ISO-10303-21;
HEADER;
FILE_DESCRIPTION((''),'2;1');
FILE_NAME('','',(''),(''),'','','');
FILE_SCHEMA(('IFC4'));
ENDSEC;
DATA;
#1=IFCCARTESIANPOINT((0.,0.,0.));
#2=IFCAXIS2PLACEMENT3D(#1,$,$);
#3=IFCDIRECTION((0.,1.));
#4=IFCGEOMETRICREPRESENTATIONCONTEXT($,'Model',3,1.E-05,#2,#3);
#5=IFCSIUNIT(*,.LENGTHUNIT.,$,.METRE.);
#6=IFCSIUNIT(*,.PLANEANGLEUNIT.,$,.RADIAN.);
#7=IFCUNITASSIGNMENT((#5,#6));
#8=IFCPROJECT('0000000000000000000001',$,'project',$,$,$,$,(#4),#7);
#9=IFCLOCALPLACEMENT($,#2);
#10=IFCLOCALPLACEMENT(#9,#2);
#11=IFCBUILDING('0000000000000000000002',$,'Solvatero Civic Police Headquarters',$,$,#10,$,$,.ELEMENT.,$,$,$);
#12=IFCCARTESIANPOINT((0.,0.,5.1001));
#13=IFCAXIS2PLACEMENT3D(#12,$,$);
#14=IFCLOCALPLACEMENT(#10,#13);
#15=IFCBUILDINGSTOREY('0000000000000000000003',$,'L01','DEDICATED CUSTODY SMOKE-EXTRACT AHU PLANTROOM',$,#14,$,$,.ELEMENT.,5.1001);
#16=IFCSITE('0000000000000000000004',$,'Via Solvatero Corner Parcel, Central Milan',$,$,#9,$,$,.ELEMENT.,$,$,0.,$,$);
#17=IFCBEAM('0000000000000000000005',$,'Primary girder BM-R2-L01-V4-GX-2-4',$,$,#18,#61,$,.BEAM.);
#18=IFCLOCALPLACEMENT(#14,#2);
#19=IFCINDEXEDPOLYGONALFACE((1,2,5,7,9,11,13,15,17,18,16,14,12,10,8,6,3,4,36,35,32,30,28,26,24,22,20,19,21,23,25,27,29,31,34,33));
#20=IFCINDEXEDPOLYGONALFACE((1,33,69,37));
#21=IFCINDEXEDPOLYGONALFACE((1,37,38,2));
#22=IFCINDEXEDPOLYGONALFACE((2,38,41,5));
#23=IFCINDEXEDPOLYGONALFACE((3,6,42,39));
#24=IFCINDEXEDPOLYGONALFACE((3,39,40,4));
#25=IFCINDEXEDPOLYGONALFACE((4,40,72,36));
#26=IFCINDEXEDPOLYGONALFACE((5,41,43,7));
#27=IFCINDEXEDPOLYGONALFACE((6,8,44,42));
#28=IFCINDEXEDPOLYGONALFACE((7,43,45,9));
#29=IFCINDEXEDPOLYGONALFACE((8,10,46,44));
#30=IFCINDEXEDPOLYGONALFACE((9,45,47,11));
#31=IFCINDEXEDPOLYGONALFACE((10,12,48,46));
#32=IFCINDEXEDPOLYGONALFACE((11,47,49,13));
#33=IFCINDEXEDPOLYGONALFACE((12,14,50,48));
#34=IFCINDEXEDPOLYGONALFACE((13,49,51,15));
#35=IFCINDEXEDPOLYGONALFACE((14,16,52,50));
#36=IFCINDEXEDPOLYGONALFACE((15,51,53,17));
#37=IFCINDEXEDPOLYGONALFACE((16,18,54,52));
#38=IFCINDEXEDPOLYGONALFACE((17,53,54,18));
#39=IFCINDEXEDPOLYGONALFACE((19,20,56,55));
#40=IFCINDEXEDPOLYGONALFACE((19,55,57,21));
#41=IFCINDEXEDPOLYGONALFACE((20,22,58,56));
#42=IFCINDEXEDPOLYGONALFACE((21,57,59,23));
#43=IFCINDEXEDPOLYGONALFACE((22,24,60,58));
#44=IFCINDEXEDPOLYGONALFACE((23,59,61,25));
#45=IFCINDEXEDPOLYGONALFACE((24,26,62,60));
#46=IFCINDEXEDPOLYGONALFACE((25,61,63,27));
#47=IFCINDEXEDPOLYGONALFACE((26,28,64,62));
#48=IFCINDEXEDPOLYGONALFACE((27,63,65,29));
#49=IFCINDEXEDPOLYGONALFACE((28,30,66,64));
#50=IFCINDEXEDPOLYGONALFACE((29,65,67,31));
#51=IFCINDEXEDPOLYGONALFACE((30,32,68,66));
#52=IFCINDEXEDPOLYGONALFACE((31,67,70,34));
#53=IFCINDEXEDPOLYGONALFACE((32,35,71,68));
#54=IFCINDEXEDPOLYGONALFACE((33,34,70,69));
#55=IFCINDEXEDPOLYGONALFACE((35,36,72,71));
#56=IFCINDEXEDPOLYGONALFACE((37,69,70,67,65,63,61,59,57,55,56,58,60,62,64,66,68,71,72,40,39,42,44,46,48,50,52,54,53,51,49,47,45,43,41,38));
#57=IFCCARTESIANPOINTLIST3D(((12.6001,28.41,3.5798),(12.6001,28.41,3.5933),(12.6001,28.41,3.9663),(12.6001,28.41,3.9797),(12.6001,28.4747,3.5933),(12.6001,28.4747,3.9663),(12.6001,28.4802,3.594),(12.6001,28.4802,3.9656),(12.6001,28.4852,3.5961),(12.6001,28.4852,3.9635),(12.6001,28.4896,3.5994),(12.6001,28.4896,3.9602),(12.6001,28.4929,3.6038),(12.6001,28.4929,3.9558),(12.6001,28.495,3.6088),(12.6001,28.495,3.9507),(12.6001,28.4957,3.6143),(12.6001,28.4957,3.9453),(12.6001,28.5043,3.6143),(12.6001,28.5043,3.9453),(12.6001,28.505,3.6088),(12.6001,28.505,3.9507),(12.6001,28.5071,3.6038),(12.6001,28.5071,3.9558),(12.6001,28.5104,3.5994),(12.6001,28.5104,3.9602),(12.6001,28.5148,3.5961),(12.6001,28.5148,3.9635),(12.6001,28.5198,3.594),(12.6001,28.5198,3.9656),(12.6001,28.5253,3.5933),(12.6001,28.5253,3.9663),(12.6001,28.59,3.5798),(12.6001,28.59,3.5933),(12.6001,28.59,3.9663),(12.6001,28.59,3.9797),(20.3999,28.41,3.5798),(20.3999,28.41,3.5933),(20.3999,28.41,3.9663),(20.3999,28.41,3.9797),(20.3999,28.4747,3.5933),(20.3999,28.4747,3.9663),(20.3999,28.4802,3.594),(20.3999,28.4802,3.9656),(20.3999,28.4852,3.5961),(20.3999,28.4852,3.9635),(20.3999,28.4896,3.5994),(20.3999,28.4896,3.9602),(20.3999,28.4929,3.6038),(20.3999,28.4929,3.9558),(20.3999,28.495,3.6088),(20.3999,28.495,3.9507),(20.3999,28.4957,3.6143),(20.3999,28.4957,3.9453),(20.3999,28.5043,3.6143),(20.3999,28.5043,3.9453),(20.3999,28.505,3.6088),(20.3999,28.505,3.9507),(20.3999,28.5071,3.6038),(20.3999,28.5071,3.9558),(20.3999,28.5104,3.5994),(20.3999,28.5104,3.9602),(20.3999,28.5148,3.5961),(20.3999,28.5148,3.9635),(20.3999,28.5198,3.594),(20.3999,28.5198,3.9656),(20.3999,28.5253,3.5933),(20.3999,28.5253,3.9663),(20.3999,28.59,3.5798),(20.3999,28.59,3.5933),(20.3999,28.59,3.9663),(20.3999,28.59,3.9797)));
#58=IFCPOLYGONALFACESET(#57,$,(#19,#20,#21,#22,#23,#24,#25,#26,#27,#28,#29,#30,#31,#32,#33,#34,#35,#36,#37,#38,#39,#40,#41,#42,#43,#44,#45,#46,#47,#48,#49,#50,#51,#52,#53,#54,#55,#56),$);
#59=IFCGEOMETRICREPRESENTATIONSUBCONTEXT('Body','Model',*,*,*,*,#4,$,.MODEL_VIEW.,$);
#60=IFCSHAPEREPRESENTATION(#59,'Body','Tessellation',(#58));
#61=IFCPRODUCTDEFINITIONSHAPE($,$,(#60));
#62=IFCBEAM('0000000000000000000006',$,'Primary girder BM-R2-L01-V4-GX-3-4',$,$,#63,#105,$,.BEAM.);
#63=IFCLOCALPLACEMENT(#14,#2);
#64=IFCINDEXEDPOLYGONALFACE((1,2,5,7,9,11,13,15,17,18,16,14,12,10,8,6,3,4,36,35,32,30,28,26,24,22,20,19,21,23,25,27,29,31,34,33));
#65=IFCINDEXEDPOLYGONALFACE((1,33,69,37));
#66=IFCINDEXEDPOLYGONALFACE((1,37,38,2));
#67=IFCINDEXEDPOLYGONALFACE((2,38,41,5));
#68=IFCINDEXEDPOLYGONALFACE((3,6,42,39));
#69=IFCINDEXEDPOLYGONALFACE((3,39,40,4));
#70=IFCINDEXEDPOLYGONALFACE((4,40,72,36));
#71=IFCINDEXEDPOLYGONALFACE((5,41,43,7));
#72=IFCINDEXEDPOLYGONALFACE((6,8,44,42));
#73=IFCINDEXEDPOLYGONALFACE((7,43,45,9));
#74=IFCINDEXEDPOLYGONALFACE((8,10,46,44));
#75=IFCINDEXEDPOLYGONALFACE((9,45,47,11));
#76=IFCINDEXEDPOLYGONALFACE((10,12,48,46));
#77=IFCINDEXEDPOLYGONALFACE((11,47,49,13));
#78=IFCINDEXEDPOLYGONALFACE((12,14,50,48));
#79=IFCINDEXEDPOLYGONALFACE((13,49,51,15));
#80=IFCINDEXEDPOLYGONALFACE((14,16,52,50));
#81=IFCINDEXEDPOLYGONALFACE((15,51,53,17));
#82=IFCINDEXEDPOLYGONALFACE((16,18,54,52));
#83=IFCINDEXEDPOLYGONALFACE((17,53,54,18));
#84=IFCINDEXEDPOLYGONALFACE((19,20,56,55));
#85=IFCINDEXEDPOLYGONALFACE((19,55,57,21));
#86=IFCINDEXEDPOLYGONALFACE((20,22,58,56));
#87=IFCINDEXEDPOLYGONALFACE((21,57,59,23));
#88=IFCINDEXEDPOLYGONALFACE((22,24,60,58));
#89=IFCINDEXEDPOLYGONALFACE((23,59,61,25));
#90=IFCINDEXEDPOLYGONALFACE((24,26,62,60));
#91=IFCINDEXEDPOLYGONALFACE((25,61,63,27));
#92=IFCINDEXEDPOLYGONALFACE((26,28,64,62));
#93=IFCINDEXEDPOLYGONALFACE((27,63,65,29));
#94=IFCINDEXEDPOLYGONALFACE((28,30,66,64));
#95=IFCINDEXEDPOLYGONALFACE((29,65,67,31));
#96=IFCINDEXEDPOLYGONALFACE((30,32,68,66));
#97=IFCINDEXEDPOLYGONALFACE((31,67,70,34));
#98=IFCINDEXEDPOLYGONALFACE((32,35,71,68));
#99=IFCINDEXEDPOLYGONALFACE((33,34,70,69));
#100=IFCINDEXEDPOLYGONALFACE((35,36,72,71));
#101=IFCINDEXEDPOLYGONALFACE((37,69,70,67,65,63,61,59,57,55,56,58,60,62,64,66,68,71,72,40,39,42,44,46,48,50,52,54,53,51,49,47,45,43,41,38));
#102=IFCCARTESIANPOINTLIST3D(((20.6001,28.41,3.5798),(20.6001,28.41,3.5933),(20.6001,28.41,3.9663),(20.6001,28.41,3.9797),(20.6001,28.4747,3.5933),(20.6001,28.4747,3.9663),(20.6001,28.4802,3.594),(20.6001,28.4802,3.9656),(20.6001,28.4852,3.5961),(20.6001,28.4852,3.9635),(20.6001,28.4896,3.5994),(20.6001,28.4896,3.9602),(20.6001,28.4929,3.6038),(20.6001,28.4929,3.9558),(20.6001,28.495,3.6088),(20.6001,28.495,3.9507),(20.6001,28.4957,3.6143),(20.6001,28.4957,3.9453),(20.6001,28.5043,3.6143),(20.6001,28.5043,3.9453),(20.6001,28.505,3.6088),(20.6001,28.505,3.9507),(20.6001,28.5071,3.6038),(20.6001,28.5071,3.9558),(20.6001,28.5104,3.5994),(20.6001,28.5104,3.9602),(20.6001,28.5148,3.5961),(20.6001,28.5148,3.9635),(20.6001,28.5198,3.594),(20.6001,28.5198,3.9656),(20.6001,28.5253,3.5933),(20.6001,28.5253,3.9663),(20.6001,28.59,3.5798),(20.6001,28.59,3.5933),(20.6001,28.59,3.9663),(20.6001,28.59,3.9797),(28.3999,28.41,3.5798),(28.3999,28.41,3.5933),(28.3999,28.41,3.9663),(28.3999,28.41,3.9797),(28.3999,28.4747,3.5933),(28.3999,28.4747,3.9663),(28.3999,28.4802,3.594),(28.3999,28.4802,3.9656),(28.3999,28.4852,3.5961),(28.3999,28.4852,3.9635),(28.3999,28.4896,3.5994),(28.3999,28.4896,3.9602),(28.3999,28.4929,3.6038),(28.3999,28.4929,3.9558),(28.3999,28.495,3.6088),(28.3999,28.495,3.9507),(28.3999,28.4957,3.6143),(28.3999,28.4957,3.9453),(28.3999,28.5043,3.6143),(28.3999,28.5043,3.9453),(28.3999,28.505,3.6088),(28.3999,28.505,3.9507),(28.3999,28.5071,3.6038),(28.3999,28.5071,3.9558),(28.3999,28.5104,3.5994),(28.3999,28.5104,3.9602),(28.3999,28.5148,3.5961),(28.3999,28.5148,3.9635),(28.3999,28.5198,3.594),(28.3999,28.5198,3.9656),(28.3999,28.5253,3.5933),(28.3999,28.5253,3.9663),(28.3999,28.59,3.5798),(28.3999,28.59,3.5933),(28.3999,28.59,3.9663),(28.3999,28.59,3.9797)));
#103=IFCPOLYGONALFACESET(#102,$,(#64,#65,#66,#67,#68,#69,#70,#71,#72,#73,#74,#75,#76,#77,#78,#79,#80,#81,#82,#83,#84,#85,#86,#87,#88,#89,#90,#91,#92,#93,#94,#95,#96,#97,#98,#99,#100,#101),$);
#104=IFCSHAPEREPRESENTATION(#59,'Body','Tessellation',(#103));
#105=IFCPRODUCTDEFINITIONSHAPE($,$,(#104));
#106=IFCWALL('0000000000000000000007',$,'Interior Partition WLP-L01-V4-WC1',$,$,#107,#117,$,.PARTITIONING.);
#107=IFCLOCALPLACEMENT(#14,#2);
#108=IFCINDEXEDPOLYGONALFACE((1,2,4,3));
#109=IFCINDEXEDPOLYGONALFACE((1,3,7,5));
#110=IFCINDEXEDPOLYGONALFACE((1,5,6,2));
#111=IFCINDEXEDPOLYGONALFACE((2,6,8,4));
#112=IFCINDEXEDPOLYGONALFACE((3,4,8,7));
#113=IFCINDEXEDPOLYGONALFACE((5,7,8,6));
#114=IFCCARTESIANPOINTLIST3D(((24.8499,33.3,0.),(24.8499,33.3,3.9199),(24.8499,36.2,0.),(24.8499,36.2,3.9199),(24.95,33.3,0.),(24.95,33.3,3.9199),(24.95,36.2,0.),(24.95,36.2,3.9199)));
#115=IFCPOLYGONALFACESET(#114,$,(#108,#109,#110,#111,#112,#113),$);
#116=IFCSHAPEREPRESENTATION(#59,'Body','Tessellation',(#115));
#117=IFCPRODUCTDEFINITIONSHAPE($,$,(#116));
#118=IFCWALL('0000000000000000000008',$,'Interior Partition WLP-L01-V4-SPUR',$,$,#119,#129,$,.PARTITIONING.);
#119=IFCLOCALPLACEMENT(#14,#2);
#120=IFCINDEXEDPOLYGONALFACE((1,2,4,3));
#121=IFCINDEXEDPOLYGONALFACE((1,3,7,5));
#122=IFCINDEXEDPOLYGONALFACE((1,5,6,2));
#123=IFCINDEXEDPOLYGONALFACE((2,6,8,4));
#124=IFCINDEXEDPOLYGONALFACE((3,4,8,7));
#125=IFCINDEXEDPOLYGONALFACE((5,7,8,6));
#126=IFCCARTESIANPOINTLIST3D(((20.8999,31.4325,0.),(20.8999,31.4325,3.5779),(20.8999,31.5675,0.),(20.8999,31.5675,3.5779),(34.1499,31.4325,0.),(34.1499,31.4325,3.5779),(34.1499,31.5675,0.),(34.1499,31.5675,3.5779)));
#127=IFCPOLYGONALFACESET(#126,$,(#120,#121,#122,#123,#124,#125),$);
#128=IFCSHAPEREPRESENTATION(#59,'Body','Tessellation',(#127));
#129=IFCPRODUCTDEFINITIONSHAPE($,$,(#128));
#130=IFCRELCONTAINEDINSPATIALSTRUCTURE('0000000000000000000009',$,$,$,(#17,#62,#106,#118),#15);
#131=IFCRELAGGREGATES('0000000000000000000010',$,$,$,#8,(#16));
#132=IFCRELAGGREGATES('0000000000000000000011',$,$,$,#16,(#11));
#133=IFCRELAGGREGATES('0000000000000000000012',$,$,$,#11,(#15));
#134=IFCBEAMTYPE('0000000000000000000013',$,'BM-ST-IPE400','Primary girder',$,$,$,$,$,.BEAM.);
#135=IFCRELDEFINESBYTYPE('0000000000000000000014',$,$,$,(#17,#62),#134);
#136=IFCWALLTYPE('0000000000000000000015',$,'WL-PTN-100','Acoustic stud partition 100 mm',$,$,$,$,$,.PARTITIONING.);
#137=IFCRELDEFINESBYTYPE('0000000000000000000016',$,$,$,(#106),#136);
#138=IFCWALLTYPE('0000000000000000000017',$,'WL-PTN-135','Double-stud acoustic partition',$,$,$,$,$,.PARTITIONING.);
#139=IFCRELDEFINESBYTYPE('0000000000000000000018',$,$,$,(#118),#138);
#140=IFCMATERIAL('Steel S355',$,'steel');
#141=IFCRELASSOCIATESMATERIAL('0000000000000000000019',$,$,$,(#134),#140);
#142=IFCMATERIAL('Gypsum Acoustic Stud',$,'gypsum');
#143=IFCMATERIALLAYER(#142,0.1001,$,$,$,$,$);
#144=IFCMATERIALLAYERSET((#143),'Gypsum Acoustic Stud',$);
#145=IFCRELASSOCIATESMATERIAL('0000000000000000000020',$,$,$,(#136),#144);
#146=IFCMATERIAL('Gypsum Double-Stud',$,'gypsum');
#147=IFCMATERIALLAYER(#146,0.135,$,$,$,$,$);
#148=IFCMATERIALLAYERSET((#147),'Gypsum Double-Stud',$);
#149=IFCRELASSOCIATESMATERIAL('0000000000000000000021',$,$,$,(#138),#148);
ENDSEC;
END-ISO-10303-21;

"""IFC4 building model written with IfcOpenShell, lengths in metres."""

from ifc_helpers import new_model, si_unit, direction, frame, frame_2d, origin, origin_2d, place, context, subcontext, project, spatial, rectangle, i_section, extrude, material, layer, layer_set, material_profile, profile_set, type_object, element, save


model = new_model("IFC4")

# Units and contexts
model_context = context("Model", 3, precision=1e-05, world=origin(), true_north=direction((0.0, 1.0)))
body_context = subcontext(model_context, "Body", "Model", "MODEL_VIEW")
ifc_project = project(units=[si_unit("LENGTHUNIT", "METRE"), si_unit("PLANEANGLEUNIT", "RADIAN")], contexts=[model_context])

# Site, building, storey
site_placement = place(None, origin())
site = spatial("IfcSite", under=ifc_project, at=site_placement, Name="Via Solvatero Corner Parcel, Central Milan", CompositionType="ELEMENT", RefElevation=0.0)
building_placement = place(site_placement, origin())
building = spatial("IfcBuilding", under=site, at=building_placement, Name="Solvatero Civic Police Headquarters", CompositionType="ELEMENT")
storey_placement = place(building_placement, frame((0.0, 0.0, 5.1001)))
storey = spatial("IfcBuildingStorey", under=building, at=storey_placement, Name="L01", Description="DEDICATED CUSTODY SMOKE-EXTRACT AHU PLANTROOM", CompositionType="ELEMENT", Elevation=5.1001)

# Shared definitions
ifc_material_1 = material(Name="Steel S355", Category="steel")

# Beams
ifc_material_profile_1 = material_profile(ifc_material_1, i_section(OverallWidth=0.1799, OverallDepth=0.3999, WebThickness=0.0085, FlangeThickness=0.0134, FilletRadius=0.021, at=origin_2d()), Name="IPE 400")
ifc_profile_set_1 = profile_set([ifc_material_profile_1], Name="Steel S355")
beam_type_1 = type_object("IfcBeamType", Name="BM-ST-IPE400", Description="Primary girder", PredefinedType="BEAM", material=ifc_profile_set_1)
for number, where, z_axis, x_axis, name in (
    (1, (12.6001, 28.5, 3.7798), (1.0, 0.0, 0.0), (0.0, 1.0, 0.0), "Primary girder BM-R2-L01-V4-GX-2-4"),
    (2, (20.6001, 28.5, 3.7798), (1.0, 0.0, 0.0), (0.0, 1.0, 0.0), "Primary girder BM-R2-L01-V4-GX-3-4"),
):
    element("IfcBeam", number, at=place(storey_placement, frame(where, z_axis=z_axis, x_axis=x_axis)), inside=storey, type_object=beam_type_1, Name=name, PredefinedType="BEAM", context=body_context, shape_type="SweptSolid", body=[
        extrude(i_section(OverallWidth=0.1799, OverallDepth=0.3999, WebThickness=0.0085, FlangeThickness=0.0134, FilletRadius=0.021, at=origin_2d()), origin(), (0.0, 0.0, 1.0), 7.7998),
    ])

# Walls
ifc_material_2 = material(Name="Gypsum Acoustic Stud", Category="gypsum")
ifc_layer_1 = layer(ifc_material_2, 0.1001)
ifc_layer_set_1 = layer_set([ifc_layer_1], Name="Gypsum Acoustic Stud")
wall_type_1 = type_object("IfcWallType", Name="WL-PTN-100", Description="Acoustic stud partition 100 mm", PredefinedType="PARTITIONING", material=ifc_layer_set_1)
wall_1_placement = place(storey_placement, frame((24.8999, 33.3, 0.0), z_axis=(0.0, 0.0, 1.0), x_axis=(0.0, 1.0, 0.0)))
element("IfcWall", 3, at=wall_1_placement, inside=storey, type_object=wall_type_1, Name="Interior Partition WLP-L01-V4-WC1", PredefinedType="PARTITIONING", context=body_context, shape_type="SweptSolid", body=[
    extrude(rectangle(XDim=2.8999, YDim=0.1001, at=frame_2d((1.45, 0.0))), origin(), (0.0, 0.0, 1.0), 3.9199),
])
ifc_material_3 = material(Name="Gypsum Double-Stud", Category="gypsum")
ifc_layer_2 = layer(ifc_material_3, 0.135)
ifc_layer_set_2 = layer_set([ifc_layer_2], Name="Gypsum Double-Stud")
wall_type_2 = type_object("IfcWallType", Name="WL-PTN-135", Description="Double-stud acoustic partition", PredefinedType="PARTITIONING", material=ifc_layer_set_2)
wall_2_placement = place(storey_placement, frame((20.8999, 31.5, 0.0), z_axis=(0.0, 0.0, 1.0), x_axis=(1.0, 0.0, 0.0)))
element("IfcWall", 4, at=wall_2_placement, inside=storey, type_object=wall_type_2, Name="Interior Partition WLP-L01-V4-SPUR", PredefinedType="PARTITIONING", context=body_context, shape_type="SweptSolid", body=[
    extrude(rectangle(XDim=13.25, YDim=0.135, at=frame_2d((6.625, 0.0))), origin(), (0.0, 0.0, 1.0), 3.5779),
])

save(model, "model.ifc")
